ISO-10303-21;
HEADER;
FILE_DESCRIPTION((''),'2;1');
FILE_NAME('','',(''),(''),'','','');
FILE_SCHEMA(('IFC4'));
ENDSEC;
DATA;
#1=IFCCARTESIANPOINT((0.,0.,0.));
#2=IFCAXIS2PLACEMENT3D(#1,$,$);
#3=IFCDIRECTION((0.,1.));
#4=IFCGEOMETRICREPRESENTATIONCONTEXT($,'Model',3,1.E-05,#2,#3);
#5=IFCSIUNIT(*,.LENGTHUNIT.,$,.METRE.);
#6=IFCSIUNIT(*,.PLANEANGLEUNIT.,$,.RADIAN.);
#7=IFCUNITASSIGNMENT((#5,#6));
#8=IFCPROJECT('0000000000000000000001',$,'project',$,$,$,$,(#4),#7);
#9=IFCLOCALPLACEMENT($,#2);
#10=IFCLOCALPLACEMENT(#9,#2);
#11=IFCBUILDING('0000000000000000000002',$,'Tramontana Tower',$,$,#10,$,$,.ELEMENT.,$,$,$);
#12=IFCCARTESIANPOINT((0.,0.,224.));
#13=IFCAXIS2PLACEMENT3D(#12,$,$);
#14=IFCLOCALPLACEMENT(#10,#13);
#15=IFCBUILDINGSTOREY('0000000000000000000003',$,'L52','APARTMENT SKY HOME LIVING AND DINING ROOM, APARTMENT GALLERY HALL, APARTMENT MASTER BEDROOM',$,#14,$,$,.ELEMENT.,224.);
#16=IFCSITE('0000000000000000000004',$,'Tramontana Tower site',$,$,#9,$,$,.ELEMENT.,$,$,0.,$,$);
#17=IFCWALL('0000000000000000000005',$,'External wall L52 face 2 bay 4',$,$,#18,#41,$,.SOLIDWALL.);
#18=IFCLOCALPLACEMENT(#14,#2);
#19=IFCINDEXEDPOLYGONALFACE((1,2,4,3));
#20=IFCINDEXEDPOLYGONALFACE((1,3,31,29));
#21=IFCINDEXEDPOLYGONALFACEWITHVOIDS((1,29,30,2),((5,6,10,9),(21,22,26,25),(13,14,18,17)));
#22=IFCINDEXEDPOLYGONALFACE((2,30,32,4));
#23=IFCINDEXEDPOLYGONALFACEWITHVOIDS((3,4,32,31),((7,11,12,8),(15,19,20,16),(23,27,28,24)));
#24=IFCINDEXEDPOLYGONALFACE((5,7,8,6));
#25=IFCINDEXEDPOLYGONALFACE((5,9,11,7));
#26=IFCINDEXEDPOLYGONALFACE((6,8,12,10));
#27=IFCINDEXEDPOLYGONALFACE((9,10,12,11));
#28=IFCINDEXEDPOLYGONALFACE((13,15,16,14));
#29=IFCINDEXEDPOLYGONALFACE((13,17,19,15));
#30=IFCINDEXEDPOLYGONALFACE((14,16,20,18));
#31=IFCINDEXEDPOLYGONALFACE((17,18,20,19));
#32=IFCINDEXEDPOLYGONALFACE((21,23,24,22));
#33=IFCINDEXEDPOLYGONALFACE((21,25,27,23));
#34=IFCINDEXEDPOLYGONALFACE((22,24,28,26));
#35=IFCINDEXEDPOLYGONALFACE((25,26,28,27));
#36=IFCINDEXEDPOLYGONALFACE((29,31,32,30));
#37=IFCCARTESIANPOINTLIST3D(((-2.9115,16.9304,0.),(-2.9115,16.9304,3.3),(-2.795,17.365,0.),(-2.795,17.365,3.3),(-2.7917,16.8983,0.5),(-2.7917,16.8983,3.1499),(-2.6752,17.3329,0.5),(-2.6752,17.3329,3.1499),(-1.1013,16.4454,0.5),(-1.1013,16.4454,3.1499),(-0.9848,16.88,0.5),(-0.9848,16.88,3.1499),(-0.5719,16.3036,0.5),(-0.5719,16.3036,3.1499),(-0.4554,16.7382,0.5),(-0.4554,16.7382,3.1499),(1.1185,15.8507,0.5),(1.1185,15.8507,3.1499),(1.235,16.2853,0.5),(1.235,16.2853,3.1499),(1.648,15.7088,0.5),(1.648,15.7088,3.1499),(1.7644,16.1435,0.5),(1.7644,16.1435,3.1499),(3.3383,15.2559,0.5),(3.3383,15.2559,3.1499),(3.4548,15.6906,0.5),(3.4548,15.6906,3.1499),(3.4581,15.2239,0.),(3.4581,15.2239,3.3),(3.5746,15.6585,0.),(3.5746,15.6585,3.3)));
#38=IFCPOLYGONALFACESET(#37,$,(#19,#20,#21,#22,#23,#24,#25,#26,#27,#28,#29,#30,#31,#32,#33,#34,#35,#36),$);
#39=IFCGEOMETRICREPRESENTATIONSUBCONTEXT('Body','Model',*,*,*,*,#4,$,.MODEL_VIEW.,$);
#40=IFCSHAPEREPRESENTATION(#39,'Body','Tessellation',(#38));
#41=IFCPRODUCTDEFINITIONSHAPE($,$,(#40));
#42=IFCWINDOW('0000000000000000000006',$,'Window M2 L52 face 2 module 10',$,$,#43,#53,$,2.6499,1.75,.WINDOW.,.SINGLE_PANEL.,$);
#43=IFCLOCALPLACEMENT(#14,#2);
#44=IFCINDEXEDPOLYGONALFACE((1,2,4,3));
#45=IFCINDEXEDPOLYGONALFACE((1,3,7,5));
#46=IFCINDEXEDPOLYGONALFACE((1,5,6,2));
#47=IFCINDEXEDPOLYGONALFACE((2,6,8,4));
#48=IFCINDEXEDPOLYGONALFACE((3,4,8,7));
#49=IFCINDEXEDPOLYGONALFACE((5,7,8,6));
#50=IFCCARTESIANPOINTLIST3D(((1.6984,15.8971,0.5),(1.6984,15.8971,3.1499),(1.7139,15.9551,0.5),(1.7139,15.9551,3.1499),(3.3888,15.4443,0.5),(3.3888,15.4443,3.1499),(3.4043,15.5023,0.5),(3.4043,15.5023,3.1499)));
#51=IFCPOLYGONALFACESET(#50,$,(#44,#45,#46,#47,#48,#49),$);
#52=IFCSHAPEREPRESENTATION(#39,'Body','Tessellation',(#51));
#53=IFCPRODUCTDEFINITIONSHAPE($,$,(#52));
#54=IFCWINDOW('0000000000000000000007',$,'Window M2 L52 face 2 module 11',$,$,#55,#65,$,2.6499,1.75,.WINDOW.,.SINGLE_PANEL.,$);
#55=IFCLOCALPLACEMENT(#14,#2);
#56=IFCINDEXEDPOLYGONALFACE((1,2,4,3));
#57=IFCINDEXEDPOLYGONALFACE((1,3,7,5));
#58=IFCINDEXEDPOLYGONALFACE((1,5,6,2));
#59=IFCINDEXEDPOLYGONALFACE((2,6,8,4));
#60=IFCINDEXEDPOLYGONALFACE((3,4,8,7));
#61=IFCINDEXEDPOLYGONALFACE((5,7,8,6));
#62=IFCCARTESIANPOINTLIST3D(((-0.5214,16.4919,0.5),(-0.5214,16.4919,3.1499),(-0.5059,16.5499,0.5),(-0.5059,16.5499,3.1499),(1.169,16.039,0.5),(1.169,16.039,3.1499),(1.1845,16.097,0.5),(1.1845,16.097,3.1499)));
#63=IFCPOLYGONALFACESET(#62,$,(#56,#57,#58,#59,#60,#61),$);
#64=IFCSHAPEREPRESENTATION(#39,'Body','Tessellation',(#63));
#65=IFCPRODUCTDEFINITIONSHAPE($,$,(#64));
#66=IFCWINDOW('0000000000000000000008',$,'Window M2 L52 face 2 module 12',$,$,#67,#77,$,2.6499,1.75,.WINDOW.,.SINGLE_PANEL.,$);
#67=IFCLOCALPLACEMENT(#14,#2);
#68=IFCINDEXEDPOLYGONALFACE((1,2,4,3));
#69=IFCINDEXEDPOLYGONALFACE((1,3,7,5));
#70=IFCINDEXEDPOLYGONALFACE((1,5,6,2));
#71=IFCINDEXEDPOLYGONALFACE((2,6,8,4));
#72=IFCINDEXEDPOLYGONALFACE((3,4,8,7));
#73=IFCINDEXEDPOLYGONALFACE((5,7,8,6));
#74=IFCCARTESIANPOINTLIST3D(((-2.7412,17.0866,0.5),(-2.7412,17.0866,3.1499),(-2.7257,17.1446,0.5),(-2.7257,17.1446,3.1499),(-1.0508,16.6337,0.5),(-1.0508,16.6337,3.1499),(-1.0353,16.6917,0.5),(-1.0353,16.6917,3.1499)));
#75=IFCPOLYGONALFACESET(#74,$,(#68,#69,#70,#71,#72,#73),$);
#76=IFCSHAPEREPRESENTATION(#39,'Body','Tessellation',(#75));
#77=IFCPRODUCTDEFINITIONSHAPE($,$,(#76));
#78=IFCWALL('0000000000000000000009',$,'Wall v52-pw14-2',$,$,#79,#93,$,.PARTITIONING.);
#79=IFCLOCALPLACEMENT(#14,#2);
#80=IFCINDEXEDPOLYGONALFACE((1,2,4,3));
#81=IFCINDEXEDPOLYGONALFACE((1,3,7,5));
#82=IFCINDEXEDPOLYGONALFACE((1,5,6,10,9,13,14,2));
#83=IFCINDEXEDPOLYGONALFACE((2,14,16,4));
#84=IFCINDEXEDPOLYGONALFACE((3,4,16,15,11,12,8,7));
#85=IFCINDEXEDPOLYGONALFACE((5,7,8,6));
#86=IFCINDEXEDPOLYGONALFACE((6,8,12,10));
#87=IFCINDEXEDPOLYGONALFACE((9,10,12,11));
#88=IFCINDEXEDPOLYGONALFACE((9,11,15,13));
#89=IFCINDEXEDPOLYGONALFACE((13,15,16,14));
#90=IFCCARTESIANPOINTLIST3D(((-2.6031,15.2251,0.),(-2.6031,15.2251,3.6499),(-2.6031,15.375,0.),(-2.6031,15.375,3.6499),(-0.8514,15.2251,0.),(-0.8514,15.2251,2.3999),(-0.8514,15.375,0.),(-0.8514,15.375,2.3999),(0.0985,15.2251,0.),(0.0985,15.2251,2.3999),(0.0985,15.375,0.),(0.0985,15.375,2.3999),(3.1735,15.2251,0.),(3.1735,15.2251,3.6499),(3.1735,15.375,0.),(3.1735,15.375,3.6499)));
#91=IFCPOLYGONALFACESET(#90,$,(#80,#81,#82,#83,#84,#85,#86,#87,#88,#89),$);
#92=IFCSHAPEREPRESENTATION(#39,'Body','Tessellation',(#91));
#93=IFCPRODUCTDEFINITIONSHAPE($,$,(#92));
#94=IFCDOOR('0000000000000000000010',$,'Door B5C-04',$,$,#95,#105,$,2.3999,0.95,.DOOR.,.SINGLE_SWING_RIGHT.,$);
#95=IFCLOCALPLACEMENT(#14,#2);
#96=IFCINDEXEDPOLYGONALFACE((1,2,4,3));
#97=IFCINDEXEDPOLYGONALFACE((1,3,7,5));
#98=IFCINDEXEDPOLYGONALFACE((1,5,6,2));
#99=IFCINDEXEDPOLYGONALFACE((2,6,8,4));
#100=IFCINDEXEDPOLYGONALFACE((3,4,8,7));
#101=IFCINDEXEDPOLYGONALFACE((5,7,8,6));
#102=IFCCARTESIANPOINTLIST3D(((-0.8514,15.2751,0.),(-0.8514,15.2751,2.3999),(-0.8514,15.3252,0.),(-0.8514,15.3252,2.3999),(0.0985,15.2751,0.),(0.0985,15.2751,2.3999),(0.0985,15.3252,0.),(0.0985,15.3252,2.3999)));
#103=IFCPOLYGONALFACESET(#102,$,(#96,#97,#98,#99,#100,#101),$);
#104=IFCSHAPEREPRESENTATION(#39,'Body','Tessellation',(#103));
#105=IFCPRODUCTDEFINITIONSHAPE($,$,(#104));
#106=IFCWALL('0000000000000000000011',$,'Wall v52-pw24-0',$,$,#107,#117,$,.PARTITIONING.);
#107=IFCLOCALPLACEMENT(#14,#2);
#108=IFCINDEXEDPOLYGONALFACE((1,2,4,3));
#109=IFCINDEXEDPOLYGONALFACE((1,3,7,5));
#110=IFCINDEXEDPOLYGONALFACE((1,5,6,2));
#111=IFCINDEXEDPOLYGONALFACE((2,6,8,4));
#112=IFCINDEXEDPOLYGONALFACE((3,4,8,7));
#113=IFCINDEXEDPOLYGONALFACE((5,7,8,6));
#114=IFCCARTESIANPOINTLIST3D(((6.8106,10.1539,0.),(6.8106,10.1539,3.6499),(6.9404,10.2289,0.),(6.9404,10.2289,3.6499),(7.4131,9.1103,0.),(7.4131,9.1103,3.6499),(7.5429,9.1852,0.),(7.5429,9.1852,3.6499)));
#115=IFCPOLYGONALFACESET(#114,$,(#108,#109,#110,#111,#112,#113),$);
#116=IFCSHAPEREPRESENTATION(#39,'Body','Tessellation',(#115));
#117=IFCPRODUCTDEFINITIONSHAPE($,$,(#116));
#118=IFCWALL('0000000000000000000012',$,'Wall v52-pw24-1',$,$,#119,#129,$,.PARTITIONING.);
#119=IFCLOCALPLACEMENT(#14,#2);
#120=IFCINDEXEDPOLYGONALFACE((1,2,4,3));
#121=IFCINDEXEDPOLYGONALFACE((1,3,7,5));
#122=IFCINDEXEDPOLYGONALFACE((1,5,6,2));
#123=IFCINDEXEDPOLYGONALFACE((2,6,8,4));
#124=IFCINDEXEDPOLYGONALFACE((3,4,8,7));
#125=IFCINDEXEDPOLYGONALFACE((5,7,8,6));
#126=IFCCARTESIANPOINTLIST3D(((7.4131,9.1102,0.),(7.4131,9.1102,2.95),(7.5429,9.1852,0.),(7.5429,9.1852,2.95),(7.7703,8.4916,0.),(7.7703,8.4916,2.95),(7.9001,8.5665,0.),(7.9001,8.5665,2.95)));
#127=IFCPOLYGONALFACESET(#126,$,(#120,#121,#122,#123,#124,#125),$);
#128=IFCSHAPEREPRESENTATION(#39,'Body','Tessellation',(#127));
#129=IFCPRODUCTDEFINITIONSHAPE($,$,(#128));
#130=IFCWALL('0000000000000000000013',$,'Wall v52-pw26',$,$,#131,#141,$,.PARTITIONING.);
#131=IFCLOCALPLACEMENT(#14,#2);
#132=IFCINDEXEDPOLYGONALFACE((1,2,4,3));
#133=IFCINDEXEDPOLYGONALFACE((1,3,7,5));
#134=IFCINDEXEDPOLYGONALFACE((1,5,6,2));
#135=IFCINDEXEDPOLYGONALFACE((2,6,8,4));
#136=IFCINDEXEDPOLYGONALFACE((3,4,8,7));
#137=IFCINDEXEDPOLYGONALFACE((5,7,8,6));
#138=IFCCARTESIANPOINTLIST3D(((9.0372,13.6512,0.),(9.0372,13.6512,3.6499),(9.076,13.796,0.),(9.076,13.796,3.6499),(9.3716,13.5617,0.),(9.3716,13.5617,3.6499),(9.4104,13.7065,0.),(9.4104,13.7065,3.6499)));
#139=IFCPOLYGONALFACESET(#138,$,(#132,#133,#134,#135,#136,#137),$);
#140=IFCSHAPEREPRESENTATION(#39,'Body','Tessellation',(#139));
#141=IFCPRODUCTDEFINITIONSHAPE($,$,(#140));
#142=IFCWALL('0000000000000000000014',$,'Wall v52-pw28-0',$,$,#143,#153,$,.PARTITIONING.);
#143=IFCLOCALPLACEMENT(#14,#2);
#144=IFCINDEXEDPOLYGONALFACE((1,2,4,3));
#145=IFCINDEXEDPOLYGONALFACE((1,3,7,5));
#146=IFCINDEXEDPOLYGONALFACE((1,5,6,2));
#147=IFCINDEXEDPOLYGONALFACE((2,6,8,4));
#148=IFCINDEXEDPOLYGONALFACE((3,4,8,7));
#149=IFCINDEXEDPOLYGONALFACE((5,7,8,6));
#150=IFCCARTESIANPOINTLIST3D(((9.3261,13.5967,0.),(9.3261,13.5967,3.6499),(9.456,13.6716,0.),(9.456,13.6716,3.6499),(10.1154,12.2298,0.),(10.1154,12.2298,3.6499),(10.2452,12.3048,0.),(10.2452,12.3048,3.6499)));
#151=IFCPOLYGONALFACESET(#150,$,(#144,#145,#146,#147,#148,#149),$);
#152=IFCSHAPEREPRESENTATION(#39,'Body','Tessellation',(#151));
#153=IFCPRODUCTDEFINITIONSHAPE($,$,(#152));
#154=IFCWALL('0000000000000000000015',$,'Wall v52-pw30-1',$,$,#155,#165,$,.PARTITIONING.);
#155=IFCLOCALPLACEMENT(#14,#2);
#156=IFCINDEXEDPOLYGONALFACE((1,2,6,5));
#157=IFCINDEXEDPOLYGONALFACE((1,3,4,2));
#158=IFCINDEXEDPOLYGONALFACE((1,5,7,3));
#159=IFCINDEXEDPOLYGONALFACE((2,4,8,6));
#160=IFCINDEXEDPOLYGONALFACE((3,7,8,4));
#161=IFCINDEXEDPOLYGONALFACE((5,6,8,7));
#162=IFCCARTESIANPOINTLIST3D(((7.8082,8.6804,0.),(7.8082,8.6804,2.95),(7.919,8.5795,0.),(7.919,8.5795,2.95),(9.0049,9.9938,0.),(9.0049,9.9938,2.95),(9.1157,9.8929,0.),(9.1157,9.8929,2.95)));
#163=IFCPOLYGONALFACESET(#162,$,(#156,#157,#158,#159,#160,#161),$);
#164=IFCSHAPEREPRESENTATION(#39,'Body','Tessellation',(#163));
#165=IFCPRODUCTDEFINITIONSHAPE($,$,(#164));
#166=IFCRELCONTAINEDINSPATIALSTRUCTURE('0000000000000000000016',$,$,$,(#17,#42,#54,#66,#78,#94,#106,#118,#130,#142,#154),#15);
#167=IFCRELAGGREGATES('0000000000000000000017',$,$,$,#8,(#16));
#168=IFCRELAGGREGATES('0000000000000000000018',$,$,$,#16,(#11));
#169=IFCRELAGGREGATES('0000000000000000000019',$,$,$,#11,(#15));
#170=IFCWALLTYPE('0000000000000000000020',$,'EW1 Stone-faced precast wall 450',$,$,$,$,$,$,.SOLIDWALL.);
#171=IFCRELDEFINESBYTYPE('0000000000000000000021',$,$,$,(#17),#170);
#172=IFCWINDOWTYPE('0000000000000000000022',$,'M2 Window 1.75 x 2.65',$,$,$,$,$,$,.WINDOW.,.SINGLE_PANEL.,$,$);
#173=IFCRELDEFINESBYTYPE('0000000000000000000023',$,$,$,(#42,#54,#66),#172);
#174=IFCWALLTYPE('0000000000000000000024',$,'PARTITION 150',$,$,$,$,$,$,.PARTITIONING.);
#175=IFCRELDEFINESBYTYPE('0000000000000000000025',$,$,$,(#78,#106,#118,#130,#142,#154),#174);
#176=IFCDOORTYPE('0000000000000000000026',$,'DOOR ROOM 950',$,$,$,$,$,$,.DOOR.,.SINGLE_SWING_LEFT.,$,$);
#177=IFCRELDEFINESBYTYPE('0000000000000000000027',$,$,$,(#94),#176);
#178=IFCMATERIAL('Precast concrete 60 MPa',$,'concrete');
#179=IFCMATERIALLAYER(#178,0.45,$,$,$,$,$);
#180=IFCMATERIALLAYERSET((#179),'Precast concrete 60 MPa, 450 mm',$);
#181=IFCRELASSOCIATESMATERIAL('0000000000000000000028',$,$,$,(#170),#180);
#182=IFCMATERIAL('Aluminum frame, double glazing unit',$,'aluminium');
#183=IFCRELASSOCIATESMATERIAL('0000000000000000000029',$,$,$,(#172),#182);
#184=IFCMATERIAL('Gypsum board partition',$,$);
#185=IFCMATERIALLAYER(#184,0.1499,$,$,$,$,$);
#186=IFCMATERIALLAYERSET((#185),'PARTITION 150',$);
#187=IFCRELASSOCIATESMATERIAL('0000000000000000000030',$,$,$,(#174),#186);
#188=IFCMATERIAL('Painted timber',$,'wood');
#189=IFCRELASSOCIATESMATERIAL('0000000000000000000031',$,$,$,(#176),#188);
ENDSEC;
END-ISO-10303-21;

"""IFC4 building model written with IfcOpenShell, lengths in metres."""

from ifc_helpers import new_model, si_unit, direction, frame, frame_2d, origin, place, context, subcontext, project, spatial, rectangle, extrude, material, layer, layer_set, type_object, element, fill, save


model = new_model("IFC4")

# Units and contexts
model_context = context("Model", 3, precision=1e-05, world=origin(), true_north=direction((0.0, 1.0)))
body_context = subcontext(model_context, "Body", "Model", "MODEL_VIEW")
ifc_project = project(units=[si_unit("LENGTHUNIT", "METRE"), si_unit("PLANEANGLEUNIT", "RADIAN")], contexts=[model_context])

# Site, building, storey
site_placement = place(None, origin())
site = spatial("IfcSite", under=ifc_project, at=site_placement, Name="Tramontana Tower site", CompositionType="ELEMENT", RefElevation=0.0)
building_placement = place(site_placement, origin())
building = spatial("IfcBuilding", under=site, at=building_placement, Name="Tramontana Tower", CompositionType="ELEMENT")
storey_placement = place(building_placement, frame((0.0, 0.0, 224.0)))
storey = spatial("IfcBuildingStorey", under=building, at=storey_placement, Name="L52", Description="APARTMENT SKY HOME LIVING AND DINING ROOM, APARTMENT GALLERY HALL, APARTMENT MASTER BEDROOM", CompositionType="ELEMENT", Elevation=224.0)

# Wall, openings, windows
ifc_material_1 = material(Name="Precast concrete 60 MPa", Category="concrete")
ifc_layer_1 = layer(ifc_material_1, 0.45)
ifc_layer_set_1 = layer_set([ifc_layer_1], Name="Precast concrete 60 MPa, 450 mm")
wall_type_1 = type_object("IfcWallType", Name="EW1 Stone-faced precast wall 450", PredefinedType="SOLIDWALL", material=ifc_layer_set_1)
wall_1_placement = place(storey_placement, frame((3.5164, 15.4412, 0.0), z_axis=(0.0, 0.0, 1.0), x_axis=(-0.965933, 0.258792, 0.0)))
wall_1 = element("IfcWall", 1, at=wall_1_placement, inside=storey, type_object=wall_type_1, Name="External wall L52 face 2 bay 4", PredefinedType="SOLIDWALL", context=body_context, shape_type="SweptSolid", body=[
    extrude(rectangle(XDim=6.5942, YDim=0.45, at=frame_2d((3.2971, 0.0))), origin(), (0.0, 0.0, 1.0), 3.3),
])
opening_1_placement = place(wall_1_placement, frame((0.124, 0.0, 0.5)))
opening_1 = element("IfcOpeningElement", 2, at=opening_1_placement, cuts=wall_1, PredefinedType="OPENING", context=body_context, shape_type="SweptSolid", body=[
    extrude(rectangle(XDim=1.75, YDim=2.6499, at=frame_2d((0.875, 1.325))), frame((0.0, 0.2349, 0.0), z_axis=(0.0, -1.0, 0.0), x_axis=(1.0, 0.0, 0.0)), (0.0, 0.0, 1.0), 0.47),
])
opening_2_placement = place(wall_1_placement, frame((2.4221, 0.0, 0.5)))
opening_2 = element("IfcOpeningElement", 3, at=opening_2_placement, cuts=wall_1, PredefinedType="OPENING", context=body_context, shape_type="SweptSolid", body=[
    extrude(rectangle(XDim=1.75, YDim=2.6499, at=frame_2d((0.875, 1.325))), frame((0.0, 0.2349, 0.0), z_axis=(0.0, -1.0, 0.0), x_axis=(1.0, 0.0, 0.0)), (0.0, 0.0, 1.0), 0.47),
])
opening_3_placement = place(wall_1_placement, frame((4.7202, 0.0, 0.5)))
opening_3 = element("IfcOpeningElement", 4, at=opening_3_placement, cuts=wall_1, PredefinedType="OPENING", context=body_context, shape_type="SweptSolid", body=[
    extrude(rectangle(XDim=1.75, YDim=2.6499, at=frame_2d((0.875, 1.325))), frame((0.0, 0.2349, 0.0), z_axis=(0.0, -1.0, 0.0), x_axis=(1.0, 0.0, 0.0)), (0.0, 0.0, 1.0), 0.47),
])
ifc_material_2 = material(Name="Aluminum frame, double glazing unit", Category="aluminium")
window_type = type_object("IfcWindowType", Name="M2 Window 1.75 x 2.65", PartitioningType="SINGLE_PANEL", PredefinedType="WINDOW", material=ifc_material_2)
window_1_placement = place(opening_1_placement, origin())
window_1 = element("IfcWindow", 5, at=window_1_placement, inside=storey, type_object=window_type, Name="Window M2 L52 face 2 module 10", OverallHeight=2.6499, OverallWidth=1.75, PartitioningType="SINGLE_PANEL", PredefinedType="WINDOW", context=body_context, shape_type="SweptSolid", body=[
    extrude(rectangle(XDim=1.75, YDim=2.6499, at=frame_2d((0.875, 1.325))), frame((0.0, 0.03, 0.0), z_axis=(0.0, -1.0, 0.0), x_axis=(1.0, 0.0, 0.0)), (0.0, 0.0, 1.0), 0.0601),
])
fill(opening_1, window_1)
window_2_placement = place(opening_2_placement, origin())
window_2 = element("IfcWindow", 6, at=window_2_placement, inside=storey, type_object=window_type, Name="Window M2 L52 face 2 module 11", OverallHeight=2.6499, OverallWidth=1.75, PartitioningType="SINGLE_PANEL", PredefinedType="WINDOW", context=body_context, shape_type="SweptSolid", body=[
    extrude(rectangle(XDim=1.75, YDim=2.6499, at=frame_2d((0.875, 1.325))), frame((0.0, 0.03, 0.0), z_axis=(0.0, -1.0, 0.0), x_axis=(1.0, 0.0, 0.0)), (0.0, 0.0, 1.0), 0.0601),
])
fill(opening_2, window_2)
window_3_placement = place(opening_3_placement, origin())
window_3 = element("IfcWindow", 7, at=window_3_placement, inside=storey, type_object=window_type, Name="Window M2 L52 face 2 module 12", OverallHeight=2.6499, OverallWidth=1.75, PartitioningType="SINGLE_PANEL", PredefinedType="WINDOW", context=body_context, shape_type="SweptSolid", body=[
    extrude(rectangle(XDim=1.75, YDim=2.6499, at=frame_2d((0.875, 1.325))), frame((0.0, 0.03, 0.0), z_axis=(0.0, -1.0, 0.0), x_axis=(1.0, 0.0, 0.0)), (0.0, 0.0, 1.0), 0.0601),
])
fill(opening_3, window_3)

# Wall, opening, door
ifc_material_3 = material(Name="Gypsum board partition")
ifc_layer_2 = layer(ifc_material_3, 0.1499)
ifc_layer_set_2 = layer_set([ifc_layer_2], Name="PARTITION 150")
wall_type_2 = type_object("IfcWallType", Name="PARTITION 150", PredefinedType="PARTITIONING", material=ifc_layer_set_2)
wall_2_placement = place(storey_placement, frame((3.1733, 15.3, 0.0), z_axis=(0.0, 0.0, 1.0), x_axis=(-1.0, 0.0, 0.0)))
wall_2 = element("IfcWall", 8, at=wall_2_placement, inside=storey, type_object=wall_type_2, Name="Wall v52-pw14-2", PredefinedType="PARTITIONING", context=body_context, shape_type="SweptSolid", body=[
    extrude(rectangle(XDim=5.7766, YDim=0.1499, at=frame_2d((2.8882, 0.0))), origin(), (0.0, 0.0, 1.0), 3.6499),
])
opening_4_placement = place(wall_2_placement, frame((3.0747, 0.0, 0.0)))
opening_4 = element("IfcOpeningElement", 9, at=opening_4_placement, cuts=wall_2, PredefinedType="OPENING", context=body_context, shape_type="SweptSolid", body=[
    extrude(rectangle(XDim=0.95, YDim=2.3999, at=frame_2d((0.4751, 1.2))), frame((0.0, 0.085, 0.0), z_axis=(0.0, -1.0, 0.0), x_axis=(1.0, 0.0, 0.0)), (0.0, 0.0, 1.0), 0.1699),
])
ifc_material_4 = material(Name="Painted timber", Category="wood")
door_type_1 = type_object("IfcDoorType", Name="DOOR ROOM 950", OperationType="SINGLE_SWING_LEFT", PredefinedType="DOOR", material=ifc_material_4)
door_1_placement = place(opening_4_placement, origin())
door_1 = element("IfcDoor", 10, at=door_1_placement, inside=storey, type_object=door_type_1, Name="Door B5C-04", OperationType="SINGLE_SWING_RIGHT", OverallHeight=2.3999, OverallWidth=0.95, PredefinedType="DOOR", context=body_context, shape_type="SweptSolid", body=[
    extrude(rectangle(XDim=0.95, YDim=2.3999, at=frame_2d((0.4751, 1.2))), frame((0.0, 0.0249, 0.0), z_axis=(0.0, -1.0, 0.0), x_axis=(1.0, 0.0, 0.0)), (0.0, 0.0, 1.0), 0.05),
])
fill(opening_4, door_1)

# Walls
wall_3_placement = place(storey_placement, frame((6.8755, 10.1914, 0.0), z_axis=(0.0, 0.0, 1.0), x_axis=(0.499974, -0.866041, 0.0)))
element("IfcWall", 11, at=wall_3_placement, inside=storey, type_object=wall_type_2, Name="Wall v52-pw24-0", PredefinedType="PARTITIONING", context=body_context, shape_type="SweptSolid", body=[
    extrude(rectangle(XDim=1.2051, YDim=0.1499, at=frame_2d((0.6025, 0.0))), origin(), (0.0, 0.0, 1.0), 3.6499),
])
wall_4_placement = place(storey_placement, frame((7.478, 9.1477, 0.0), z_axis=(0.0, 0.0, 1.0), x_axis=(0.499999, -0.866026, 0.0)))
element("IfcWall", 12, at=wall_4_placement, inside=storey, type_object=wall_type_2, Name="Wall v52-pw24-1", PredefinedType="PARTITIONING", context=body_context, shape_type="SweptSolid", body=[
    extrude(rectangle(XDim=0.7144, YDim=0.1499, at=frame_2d((0.3572, 0.0))), origin(), (0.0, 0.0, 1.0), 2.95),
])

# Walls
wall_5_placement = place(storey_placement, frame((9.0566, 13.7236, 0.0), z_axis=(0.0, 0.0, 1.0), x_axis=(0.965942, -0.25876, 0.0)))
element("IfcWall", 13, at=wall_5_placement, inside=storey, type_object=wall_type_2, Name="Wall v52-pw26", PredefinedType="PARTITIONING", context=body_context, shape_type="SweptSolid", body=[
    extrude(rectangle(XDim=0.3462, YDim=0.1499, at=frame_2d((0.1731, 0.0))), origin(), (0.0, 0.0, 1.0), 3.6499),
])
wall_6_placement = place(storey_placement, frame((9.3911, 13.634, 0.0), z_axis=(0.0, 0.0, 1.0), x_axis=(0.500048, -0.865998, 0.0)))
element("IfcWall", 14, at=wall_6_placement, inside=storey, type_object=wall_type_2, Name="Wall v52-pw28-0", PredefinedType="PARTITIONING", context=body_context, shape_type="SweptSolid", body=[
    extrude(rectangle(XDim=1.5784, YDim=0.1499, at=frame_2d((0.7891, 0.0))), origin(), (0.0, 0.0, 1.0), 3.6499),
])

# Wall
wall_7_placement = place(storey_placement, frame((9.0603, 9.9434, 0.0), z_axis=(0.0, 0.0, 1.0), x_axis=(-0.673507, -0.739181, 0.0)))
element("IfcWall", 15, at=wall_7_placement, inside=storey, type_object=wall_type_2, Name="Wall v52-pw30-1", PredefinedType="PARTITIONING", context=body_context, shape_type="SweptSolid", body=[
    extrude(rectangle(XDim=1.7769, YDim=0.1499, at=frame_2d((0.8884, 0.0))), origin(), (0.0, 0.0, 1.0), 2.95),
])

save(model, "model.ifc")
